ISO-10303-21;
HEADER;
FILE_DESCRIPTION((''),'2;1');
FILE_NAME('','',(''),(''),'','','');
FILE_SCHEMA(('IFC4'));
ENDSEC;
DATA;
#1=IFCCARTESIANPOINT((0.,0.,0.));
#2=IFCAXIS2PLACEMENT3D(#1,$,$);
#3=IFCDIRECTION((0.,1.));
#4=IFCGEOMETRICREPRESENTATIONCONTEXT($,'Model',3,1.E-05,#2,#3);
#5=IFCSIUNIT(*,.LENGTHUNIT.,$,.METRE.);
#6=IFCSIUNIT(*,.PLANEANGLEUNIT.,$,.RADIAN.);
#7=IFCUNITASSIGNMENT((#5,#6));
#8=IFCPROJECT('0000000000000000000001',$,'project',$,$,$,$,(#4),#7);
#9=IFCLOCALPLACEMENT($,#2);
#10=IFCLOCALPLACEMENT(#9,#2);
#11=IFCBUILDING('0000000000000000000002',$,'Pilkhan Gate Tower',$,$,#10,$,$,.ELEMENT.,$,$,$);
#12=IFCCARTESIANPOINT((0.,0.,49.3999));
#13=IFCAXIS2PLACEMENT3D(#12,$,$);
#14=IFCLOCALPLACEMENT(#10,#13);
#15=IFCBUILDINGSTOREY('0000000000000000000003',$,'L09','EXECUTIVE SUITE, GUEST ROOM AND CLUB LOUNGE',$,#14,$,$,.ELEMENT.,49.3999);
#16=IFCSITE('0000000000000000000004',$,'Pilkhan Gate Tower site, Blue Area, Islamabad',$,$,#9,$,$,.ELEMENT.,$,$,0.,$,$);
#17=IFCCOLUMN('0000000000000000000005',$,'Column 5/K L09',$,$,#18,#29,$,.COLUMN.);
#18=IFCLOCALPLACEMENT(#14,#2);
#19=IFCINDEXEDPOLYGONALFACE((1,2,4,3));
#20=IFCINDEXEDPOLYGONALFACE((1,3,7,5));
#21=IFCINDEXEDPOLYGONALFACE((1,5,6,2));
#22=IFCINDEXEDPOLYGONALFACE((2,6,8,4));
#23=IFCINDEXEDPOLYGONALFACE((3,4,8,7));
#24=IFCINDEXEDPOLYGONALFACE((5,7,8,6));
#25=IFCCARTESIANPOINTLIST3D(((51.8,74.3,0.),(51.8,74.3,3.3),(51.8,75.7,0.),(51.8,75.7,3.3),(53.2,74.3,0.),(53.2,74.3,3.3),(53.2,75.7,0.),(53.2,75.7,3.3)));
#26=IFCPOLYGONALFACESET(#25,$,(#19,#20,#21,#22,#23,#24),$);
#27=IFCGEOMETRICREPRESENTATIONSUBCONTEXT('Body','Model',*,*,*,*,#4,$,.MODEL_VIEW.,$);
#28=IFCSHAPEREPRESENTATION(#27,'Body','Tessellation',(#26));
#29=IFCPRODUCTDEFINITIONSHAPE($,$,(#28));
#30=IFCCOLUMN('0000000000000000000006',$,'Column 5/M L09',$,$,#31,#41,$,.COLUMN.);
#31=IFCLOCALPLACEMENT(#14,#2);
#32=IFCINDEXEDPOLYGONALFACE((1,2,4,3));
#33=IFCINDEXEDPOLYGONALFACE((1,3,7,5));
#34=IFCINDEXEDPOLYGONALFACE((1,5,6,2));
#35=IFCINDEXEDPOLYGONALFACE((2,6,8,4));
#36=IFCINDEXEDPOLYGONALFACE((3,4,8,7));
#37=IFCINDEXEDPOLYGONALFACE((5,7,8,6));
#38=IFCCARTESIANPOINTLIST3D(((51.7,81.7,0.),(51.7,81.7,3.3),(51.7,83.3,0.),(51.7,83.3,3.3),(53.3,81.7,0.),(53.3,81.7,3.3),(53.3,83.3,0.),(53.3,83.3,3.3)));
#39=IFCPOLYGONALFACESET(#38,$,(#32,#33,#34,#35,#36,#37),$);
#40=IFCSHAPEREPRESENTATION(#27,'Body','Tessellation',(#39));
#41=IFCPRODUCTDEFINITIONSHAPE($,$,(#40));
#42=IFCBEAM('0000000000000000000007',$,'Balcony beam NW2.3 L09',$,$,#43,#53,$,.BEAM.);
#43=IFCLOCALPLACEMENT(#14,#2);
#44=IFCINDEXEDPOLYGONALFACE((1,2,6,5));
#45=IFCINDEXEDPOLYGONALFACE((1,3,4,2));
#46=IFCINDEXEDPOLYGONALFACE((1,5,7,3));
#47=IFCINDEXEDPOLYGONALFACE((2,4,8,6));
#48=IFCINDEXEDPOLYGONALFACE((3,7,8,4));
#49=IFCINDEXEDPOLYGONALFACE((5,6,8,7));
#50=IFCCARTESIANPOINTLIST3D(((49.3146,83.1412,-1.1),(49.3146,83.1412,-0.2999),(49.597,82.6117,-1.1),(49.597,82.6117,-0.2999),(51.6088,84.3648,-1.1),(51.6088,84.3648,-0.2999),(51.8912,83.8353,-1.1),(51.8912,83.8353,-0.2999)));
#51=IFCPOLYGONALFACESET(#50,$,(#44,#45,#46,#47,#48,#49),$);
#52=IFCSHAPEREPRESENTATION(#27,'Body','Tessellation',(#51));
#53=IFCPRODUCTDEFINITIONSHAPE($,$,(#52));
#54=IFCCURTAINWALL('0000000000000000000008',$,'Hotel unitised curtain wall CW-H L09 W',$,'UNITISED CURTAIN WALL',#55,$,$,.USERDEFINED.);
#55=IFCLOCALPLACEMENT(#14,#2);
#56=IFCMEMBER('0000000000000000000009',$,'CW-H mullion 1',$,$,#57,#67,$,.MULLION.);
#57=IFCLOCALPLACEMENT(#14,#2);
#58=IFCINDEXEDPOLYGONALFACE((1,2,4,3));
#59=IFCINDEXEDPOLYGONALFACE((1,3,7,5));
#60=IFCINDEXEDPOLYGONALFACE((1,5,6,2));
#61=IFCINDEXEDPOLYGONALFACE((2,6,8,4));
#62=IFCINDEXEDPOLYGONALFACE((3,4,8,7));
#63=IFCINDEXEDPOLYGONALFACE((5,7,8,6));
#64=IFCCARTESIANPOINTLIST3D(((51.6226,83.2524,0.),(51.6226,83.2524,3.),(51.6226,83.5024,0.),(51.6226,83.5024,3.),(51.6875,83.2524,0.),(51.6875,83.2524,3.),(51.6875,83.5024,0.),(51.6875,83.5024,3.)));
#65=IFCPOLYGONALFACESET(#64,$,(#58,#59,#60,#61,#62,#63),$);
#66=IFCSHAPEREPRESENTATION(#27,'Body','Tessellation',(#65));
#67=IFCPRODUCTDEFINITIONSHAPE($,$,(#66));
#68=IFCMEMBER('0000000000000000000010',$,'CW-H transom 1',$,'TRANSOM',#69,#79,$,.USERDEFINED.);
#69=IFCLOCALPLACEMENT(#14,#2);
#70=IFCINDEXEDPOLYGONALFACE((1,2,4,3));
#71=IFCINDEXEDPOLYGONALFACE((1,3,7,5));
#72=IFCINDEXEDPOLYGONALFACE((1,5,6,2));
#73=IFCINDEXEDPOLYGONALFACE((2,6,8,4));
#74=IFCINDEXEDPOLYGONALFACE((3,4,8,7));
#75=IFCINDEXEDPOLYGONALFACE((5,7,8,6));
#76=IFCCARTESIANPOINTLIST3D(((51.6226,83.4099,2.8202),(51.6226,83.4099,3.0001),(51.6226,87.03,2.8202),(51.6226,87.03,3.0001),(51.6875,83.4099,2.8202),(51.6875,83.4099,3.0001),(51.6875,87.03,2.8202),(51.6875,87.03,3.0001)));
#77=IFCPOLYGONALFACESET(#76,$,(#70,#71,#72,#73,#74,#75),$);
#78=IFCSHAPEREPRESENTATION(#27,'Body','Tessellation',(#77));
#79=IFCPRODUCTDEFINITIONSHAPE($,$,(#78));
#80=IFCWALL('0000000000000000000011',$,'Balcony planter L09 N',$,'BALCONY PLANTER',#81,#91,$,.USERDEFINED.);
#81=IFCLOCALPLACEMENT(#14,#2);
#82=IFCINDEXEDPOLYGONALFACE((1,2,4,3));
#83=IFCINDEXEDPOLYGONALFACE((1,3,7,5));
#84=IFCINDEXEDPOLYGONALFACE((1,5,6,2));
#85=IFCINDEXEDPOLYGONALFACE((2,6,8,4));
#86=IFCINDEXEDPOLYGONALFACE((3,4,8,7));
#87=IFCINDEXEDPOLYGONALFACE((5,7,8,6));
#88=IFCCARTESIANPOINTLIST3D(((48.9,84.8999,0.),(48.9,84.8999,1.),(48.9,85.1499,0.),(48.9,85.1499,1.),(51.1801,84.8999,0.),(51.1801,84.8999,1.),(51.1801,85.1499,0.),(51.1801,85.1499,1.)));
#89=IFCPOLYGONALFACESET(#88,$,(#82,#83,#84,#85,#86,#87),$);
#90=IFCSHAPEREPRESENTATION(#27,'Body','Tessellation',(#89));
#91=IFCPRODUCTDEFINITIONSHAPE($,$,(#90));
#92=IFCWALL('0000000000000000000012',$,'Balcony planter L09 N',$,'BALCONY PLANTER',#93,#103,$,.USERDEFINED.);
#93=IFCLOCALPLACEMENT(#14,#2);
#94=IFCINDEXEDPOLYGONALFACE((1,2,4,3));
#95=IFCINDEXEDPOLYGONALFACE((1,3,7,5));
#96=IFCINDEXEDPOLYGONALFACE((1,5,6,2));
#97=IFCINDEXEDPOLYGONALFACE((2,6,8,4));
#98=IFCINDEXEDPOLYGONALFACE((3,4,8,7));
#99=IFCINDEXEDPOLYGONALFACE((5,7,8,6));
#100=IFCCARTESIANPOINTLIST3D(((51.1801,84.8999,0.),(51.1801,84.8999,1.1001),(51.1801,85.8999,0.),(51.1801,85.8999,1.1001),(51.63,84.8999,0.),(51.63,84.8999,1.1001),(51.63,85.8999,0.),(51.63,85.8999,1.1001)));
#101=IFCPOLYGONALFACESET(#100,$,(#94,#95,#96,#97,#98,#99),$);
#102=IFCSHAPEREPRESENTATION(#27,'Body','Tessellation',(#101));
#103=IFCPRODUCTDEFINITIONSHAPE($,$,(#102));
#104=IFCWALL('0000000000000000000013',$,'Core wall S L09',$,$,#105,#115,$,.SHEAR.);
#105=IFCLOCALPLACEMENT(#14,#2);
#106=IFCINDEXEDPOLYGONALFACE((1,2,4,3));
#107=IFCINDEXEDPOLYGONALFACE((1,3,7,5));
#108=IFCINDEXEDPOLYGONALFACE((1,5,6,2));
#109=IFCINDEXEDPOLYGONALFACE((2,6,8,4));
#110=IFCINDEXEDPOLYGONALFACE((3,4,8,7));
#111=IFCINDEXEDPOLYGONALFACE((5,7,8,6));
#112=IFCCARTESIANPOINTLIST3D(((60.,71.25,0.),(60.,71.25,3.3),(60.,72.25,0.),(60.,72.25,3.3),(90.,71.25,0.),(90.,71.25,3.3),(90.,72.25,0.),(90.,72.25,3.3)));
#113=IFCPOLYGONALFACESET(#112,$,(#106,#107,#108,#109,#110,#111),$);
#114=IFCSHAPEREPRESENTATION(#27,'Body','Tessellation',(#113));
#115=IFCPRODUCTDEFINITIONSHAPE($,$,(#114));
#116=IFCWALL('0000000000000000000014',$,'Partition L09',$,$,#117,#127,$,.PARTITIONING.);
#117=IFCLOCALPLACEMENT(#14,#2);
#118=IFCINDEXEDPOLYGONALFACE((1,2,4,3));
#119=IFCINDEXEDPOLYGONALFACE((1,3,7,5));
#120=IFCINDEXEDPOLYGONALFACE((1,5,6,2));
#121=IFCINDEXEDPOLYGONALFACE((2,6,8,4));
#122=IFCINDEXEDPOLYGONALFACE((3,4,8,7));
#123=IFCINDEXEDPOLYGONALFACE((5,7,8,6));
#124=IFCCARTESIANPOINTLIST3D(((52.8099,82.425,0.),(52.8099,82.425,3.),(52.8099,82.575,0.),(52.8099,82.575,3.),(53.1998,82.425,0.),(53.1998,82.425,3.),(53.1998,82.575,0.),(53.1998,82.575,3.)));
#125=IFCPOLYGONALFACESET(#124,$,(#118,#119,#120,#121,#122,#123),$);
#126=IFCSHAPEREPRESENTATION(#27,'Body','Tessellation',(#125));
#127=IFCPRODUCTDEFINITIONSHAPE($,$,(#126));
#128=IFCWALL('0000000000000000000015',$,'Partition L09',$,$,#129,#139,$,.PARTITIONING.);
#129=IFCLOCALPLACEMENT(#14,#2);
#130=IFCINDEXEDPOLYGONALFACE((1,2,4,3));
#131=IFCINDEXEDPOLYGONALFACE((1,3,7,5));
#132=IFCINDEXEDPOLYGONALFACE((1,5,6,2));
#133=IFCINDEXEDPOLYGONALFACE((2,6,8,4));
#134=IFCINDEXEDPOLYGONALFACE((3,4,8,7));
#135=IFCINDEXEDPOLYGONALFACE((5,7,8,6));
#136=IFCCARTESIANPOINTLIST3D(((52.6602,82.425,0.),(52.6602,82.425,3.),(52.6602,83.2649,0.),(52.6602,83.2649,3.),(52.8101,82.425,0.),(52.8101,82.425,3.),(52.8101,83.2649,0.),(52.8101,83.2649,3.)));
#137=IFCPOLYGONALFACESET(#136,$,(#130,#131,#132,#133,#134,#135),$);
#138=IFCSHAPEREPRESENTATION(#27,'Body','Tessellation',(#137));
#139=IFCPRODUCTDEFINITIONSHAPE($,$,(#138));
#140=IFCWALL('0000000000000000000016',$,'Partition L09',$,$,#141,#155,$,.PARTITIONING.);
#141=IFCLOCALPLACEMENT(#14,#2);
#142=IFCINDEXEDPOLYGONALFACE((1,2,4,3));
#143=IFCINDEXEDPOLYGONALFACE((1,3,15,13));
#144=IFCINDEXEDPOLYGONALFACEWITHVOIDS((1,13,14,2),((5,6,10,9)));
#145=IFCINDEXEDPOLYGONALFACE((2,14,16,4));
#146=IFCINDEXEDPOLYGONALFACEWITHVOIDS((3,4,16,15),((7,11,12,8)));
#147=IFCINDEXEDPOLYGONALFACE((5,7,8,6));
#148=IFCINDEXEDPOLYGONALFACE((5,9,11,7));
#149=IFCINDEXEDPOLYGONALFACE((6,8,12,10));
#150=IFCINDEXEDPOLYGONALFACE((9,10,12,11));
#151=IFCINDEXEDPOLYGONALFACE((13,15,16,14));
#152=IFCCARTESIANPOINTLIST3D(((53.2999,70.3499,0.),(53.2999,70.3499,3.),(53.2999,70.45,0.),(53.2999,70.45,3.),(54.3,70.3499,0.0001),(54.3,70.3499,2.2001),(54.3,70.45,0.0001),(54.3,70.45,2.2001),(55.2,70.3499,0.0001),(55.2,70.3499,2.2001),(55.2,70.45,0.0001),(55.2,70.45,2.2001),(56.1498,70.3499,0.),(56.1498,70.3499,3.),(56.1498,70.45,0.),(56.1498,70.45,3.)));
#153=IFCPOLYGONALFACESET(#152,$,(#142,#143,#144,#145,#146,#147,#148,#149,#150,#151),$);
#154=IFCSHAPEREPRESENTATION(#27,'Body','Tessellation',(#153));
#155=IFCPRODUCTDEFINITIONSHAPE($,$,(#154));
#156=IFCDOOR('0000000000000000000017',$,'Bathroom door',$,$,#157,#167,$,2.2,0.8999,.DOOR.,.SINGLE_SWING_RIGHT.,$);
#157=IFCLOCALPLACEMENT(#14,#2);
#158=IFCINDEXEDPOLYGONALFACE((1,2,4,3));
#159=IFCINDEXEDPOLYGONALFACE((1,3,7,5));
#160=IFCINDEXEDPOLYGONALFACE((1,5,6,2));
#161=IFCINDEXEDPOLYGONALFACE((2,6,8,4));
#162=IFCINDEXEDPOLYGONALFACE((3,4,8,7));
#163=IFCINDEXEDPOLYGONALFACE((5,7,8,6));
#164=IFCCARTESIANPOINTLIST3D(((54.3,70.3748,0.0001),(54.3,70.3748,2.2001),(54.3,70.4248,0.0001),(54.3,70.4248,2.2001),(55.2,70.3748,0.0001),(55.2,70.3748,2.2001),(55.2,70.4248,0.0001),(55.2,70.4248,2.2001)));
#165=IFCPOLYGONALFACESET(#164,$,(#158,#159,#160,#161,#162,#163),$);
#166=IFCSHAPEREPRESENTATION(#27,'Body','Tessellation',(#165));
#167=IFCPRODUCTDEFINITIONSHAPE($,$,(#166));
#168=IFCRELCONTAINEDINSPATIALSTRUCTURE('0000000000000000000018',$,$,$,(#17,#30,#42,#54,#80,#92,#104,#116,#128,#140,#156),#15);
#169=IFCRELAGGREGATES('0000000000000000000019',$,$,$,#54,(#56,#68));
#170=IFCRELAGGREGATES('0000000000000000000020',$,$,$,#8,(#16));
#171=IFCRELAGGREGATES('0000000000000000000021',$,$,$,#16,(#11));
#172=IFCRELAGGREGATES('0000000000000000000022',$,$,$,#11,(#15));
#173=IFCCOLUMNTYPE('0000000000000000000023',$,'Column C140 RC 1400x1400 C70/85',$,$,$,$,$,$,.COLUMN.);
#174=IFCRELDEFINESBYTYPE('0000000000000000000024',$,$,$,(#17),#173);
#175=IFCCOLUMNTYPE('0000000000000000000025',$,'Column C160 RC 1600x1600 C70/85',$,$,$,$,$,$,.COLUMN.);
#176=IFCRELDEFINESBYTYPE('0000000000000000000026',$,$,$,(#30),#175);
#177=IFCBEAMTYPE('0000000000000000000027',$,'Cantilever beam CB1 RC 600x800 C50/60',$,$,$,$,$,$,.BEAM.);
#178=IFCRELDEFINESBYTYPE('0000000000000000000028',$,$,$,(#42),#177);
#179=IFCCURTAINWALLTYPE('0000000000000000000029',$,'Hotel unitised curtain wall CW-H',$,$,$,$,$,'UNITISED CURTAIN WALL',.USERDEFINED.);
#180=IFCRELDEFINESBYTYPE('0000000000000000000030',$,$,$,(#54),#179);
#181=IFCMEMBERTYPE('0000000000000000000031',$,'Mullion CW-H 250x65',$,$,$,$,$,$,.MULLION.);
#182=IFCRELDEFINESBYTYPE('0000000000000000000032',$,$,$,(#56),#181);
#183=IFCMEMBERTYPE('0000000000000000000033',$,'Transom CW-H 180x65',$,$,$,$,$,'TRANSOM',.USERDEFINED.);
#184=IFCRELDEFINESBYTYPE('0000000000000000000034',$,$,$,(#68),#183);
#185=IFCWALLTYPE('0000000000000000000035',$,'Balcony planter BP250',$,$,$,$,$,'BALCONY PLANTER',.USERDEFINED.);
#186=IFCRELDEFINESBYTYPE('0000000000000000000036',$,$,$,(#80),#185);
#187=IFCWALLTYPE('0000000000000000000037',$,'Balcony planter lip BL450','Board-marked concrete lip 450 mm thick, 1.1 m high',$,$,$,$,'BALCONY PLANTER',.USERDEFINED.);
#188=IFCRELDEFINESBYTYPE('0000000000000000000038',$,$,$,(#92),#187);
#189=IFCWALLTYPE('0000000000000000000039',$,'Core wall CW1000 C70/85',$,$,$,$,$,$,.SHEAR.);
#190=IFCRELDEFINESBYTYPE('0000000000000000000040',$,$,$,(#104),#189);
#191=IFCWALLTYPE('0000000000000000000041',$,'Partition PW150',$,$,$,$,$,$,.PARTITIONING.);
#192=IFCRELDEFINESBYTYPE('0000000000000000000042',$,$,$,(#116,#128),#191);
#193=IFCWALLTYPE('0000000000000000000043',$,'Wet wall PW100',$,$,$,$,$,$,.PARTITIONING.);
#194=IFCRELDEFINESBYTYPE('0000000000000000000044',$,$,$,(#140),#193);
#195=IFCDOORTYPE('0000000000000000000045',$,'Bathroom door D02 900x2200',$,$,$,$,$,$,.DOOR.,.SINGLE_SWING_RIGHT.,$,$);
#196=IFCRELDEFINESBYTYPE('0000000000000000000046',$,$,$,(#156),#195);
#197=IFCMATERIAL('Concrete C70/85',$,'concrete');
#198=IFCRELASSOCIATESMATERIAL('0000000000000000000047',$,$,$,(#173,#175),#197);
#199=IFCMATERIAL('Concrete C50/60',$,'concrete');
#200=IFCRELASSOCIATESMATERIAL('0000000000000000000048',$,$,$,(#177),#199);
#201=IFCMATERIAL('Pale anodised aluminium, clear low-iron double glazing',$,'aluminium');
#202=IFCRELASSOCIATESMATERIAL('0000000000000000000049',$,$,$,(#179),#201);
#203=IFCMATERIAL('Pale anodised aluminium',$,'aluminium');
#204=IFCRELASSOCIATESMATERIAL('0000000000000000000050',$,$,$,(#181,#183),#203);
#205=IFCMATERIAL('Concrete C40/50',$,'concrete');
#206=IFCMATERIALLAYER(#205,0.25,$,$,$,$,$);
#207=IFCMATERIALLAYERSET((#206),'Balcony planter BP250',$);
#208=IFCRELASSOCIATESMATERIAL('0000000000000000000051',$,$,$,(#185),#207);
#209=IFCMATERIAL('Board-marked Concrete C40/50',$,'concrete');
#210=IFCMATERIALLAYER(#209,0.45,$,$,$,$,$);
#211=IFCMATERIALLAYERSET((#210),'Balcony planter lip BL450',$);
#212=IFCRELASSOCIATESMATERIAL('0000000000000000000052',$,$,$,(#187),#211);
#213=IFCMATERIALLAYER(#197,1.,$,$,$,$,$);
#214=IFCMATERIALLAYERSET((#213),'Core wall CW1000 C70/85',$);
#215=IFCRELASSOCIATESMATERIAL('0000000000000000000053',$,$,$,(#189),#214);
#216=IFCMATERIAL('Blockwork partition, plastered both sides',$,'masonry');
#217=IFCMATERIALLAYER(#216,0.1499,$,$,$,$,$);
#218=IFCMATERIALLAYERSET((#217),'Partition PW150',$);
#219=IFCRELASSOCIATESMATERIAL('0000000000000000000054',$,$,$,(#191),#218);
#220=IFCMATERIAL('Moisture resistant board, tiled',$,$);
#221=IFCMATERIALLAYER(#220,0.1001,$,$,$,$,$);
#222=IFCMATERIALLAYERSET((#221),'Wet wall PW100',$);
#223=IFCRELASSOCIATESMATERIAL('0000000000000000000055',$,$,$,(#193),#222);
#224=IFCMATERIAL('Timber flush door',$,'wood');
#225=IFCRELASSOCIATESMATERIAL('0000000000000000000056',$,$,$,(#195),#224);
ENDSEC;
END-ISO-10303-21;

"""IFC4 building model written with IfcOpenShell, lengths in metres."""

from ifc_helpers import new_model, si_unit, direction, frame, frame_2d, origin, origin_2d, place, context, subcontext, project, spatial, rectangle, extrude, material, layer, layer_set, material_profile, profile_set, type_object, element, fill, aggregate, save


model = new_model("IFC4")

# Units and contexts
model_context = context("Model", 3, precision=1e-05, world=origin(), true_north=direction((0.0, 1.0)))
body_context = subcontext(model_context, "Body", "Model", "MODEL_VIEW")
ifc_project = project(units=[si_unit("LENGTHUNIT", "METRE"), si_unit("PLANEANGLEUNIT", "RADIAN")], contexts=[model_context])

# Site, building, storey
site_placement = place(None, origin())
site = spatial("IfcSite", under=ifc_project, at=site_placement, Name="Pilkhan Gate Tower site, Blue Area, Islamabad", CompositionType="ELEMENT", RefElevation=0.0)
building_placement = place(site_placement, origin())
building = spatial("IfcBuilding", under=site, at=building_placement, Name="Pilkhan Gate Tower", CompositionType="ELEMENT")
storey_placement = place(building_placement, frame((0.0, 0.0, 49.3999)))
storey = spatial("IfcBuildingStorey", under=building, at=storey_placement, Name="L09", Description="EXECUTIVE SUITE, GUEST ROOM AND CLUB LOUNGE", CompositionType="ELEMENT", Elevation=49.3999)

# Columns
ifc_material_1 = material(Name="Concrete C70/85", Category="concrete")
ifc_material_profile_1 = material_profile(ifc_material_1, rectangle(XDim=1.3999, YDim=1.3999, at=origin_2d()), Name="RC 1400x1400")
ifc_profile_set_1 = profile_set([ifc_material_profile_1], Name="Concrete C70/85")
column_type_1 = type_object("IfcColumnType", Name="Column C140 RC 1400x1400 C70/85", PredefinedType="COLUMN", material=ifc_profile_set_1)
column_1_placement = place(storey_placement, frame((52.5, 75.0, 0.0), z_axis=(0.0, 0.0, 1.0), x_axis=(1.0, 0.0, 0.0)))
element("IfcColumn", 1, at=column_1_placement, inside=storey, type_object=column_type_1, Name="Column 5/K L09", PredefinedType="COLUMN", context=body_context, shape_type="SweptSolid", body=[
    extrude(rectangle(XDim=1.3999, YDim=1.3999, at=origin_2d()), origin(), (0.0, 0.0, 1.0), 3.3),
])
ifc_material_profile_2 = material_profile(ifc_material_1, rectangle(XDim=1.6001, YDim=1.6001, at=origin_2d()), Name="RC 1600x1600")
ifc_profile_set_2 = profile_set([ifc_material_profile_2], Name="Concrete C70/85")
column_type_2 = type_object("IfcColumnType", Name="Column C160 RC 1600x1600 C70/85", PredefinedType="COLUMN", material=ifc_profile_set_2)
column_2_placement = place(storey_placement, frame((52.5, 82.5, 0.0), z_axis=(0.0, 0.0, 1.0), x_axis=(1.0, 0.0, 0.0)))
element("IfcColumn", 2, at=column_2_placement, inside=storey, type_object=column_type_2, Name="Column 5/M L09", PredefinedType="COLUMN", context=body_context, shape_type="SweptSolid", body=[
    extrude(rectangle(XDim=1.6001, YDim=1.6001, at=origin_2d()), origin(), (0.0, 0.0, 1.0), 3.3),
])

# Beam
ifc_material_2 = material(Name="Concrete C50/60", Category="concrete")
ifc_material_profile_3 = material_profile(ifc_material_2, rectangle(XDim=0.6001, YDim=0.8, at=origin_2d()), Name="RC 600x800")
ifc_profile_set_3 = profile_set([ifc_material_profile_3], Name="Concrete C50/60")
beam_type = type_object("IfcBeamType", Name="Cantilever beam CB1 RC 600x800 C50/60", PredefinedType="BEAM", material=ifc_profile_set_3)
beam_placement = place(storey_placement, frame((49.4558, 82.8765, -0.7), z_axis=(0.882343, 0.470608, 0.0), x_axis=(-0.470608, 0.882343, 0.0)))
element("IfcBeam", 3, at=beam_placement, inside=storey, type_object=beam_type, Name="Balcony beam NW2.3 L09", PredefinedType="BEAM", context=body_context, shape_type="SweptSolid", body=[
    extrude(rectangle(XDim=0.6001, YDim=0.8, at=origin_2d()), origin(), (0.0, 0.0, 1.0), 2.6001),
])

# Curtain wall, members
ifc_material_3 = material(Name="Pale anodised aluminium, clear low-iron double glazing", Category="aluminium")
curtain_wall_type = type_object("IfcCurtainWallType", Name="Hotel unitised curtain wall CW-H", ElementType="UNITISED CURTAIN WALL", PredefinedType="USERDEFINED", material=ifc_material_3)
curtain_wall_placement = place(storey_placement, origin())
curtain_wall = element("IfcCurtainWall", 4, at=curtain_wall_placement, inside=storey, type_object=curtain_wall_type, Name="Hotel unitised curtain wall CW-H L09 W", ObjectType="UNITISED CURTAIN WALL", PredefinedType="USERDEFINED")
ifc_material_4 = material(Name="Pale anodised aluminium", Category="aluminium")
ifc_material_profile_4 = material_profile(ifc_material_4, rectangle(XDim=0.0649, YDim=0.25, at=origin_2d()), Name="Mullion 250x65")
ifc_profile_set_4 = profile_set([ifc_material_profile_4], Name="Pale anodised aluminium")
member_type_1 = type_object("IfcMemberType", Name="Mullion CW-H 250x65", PredefinedType="MULLION", material=ifc_profile_set_4)
member_1_placement = place(storey_placement, frame((51.655, 83.3774, 0.0), z_axis=(0.0, 0.0, 1.0), x_axis=(-1.0, 0.0, 0.0)))
member_1 = element("IfcMember", 5, at=member_1_placement, type_object=member_type_1, Name="CW-H mullion 1", PredefinedType="MULLION", context=body_context, shape_type="SweptSolid", body=[
    extrude(rectangle(XDim=0.0649, YDim=0.25, at=origin_2d()), origin(), (0.0, 0.0, 1.0), 3.0),
])
ifc_material_profile_5 = material_profile(ifc_material_4, rectangle(XDim=0.0649, YDim=0.1799, at=origin_2d()), Name="Transom 180x65")
ifc_profile_set_5 = profile_set([ifc_material_profile_5], Name="Pale anodised aluminium")
member_type_2 = type_object("IfcMemberType", Name="Transom CW-H 180x65", ElementType="TRANSOM", PredefinedType="USERDEFINED", material=ifc_profile_set_5)
member_2_placement = place(storey_placement, frame((51.655, 83.4099, 2.9102), z_axis=(0.0, 1.0, 0.0), x_axis=(-1.0, 0.0, 0.0)))
member_2 = element("IfcMember", 6, at=member_2_placement, type_object=member_type_2, Name="CW-H transom 1", ObjectType="TRANSOM", PredefinedType="USERDEFINED", context=body_context, shape_type="SweptSolid", body=[
    extrude(rectangle(XDim=0.0649, YDim=0.1799, at=origin_2d()), origin(), (0.0, 0.0, 1.0), 3.6201),
])
aggregate(curtain_wall, [member_1, member_2])

# Walls
ifc_material_5 = material(Name="Concrete C40/50", Category="concrete")
ifc_layer_1 = layer(ifc_material_5, 0.25)
ifc_layer_set_1 = layer_set([ifc_layer_1], Name="Balcony planter BP250")
wall_type_1 = type_object("IfcWallType", Name="Balcony planter BP250", ElementType="BALCONY PLANTER", PredefinedType="USERDEFINED", material=ifc_layer_set_1)
wall_1_placement = place(storey_placement, frame((48.8999, 85.0249, 0.0), z_axis=(0.0, 0.0, 1.0), x_axis=(1.0, 0.0, 0.0)))
element("IfcWall", 7, at=wall_1_placement, inside=storey, type_object=wall_type_1, Name="Balcony planter L09 N", ObjectType="BALCONY PLANTER", PredefinedType="USERDEFINED", context=body_context, shape_type="SweptSolid", body=[
    extrude(rectangle(XDim=2.28, YDim=0.25, at=frame_2d((1.1401, 0.0))), origin(), (0.0, 0.0, 1.0), 1.0),
])
ifc_material_6 = material(Name="Board-marked Concrete C40/50", Category="concrete")
ifc_layer_2 = layer(ifc_material_6, 0.45)
ifc_layer_set_2 = layer_set([ifc_layer_2], Name="Balcony planter lip BL450")
wall_type_2 = type_object("IfcWallType", Name="Balcony planter lip BL450", Description="Board-marked concrete lip 450 mm thick, 1.1 m high", ElementType="BALCONY PLANTER", PredefinedType="USERDEFINED", material=ifc_layer_set_2)
wall_2_placement = place(storey_placement, frame((51.405, 84.8999, 0.0), z_axis=(0.0, 0.0, 1.0), x_axis=(0.0, 1.0, 0.0)))
element("IfcWall", 8, at=wall_2_placement, inside=storey, type_object=wall_type_2, Name="Balcony planter L09 N", ObjectType="BALCONY PLANTER", PredefinedType="USERDEFINED", context=body_context, shape_type="SweptSolid", body=[
    extrude(rectangle(XDim=1.0, YDim=0.45, at=frame_2d((0.5, 0.0))), origin(), (0.0, 0.0, 1.0), 1.1001),
])
ifc_layer_3 = layer(ifc_material_1, 1.0)
ifc_layer_set_3 = layer_set([ifc_layer_3], Name="Core wall CW1000 C70/85")
wall_type_3 = type_object("IfcWallType", Name="Core wall CW1000 C70/85", PredefinedType="SHEAR", material=ifc_layer_set_3)
wall_3_placement = place(storey_placement, frame((60.0, 71.75, 0.0), z_axis=(0.0, 0.0, 1.0), x_axis=(1.0, 0.0, 0.0)))
element("IfcWall", 9, at=wall_3_placement, inside=storey, type_object=wall_type_3, Name="Core wall S L09", PredefinedType="SHEAR", context=body_context, shape_type="SweptSolid", body=[
    extrude(rectangle(XDim=30.0, YDim=1.0, at=frame_2d((15.0, 0.0))), origin(), (0.0, 0.0, 1.0), 3.3),
])
ifc_material_7 = material(Name="Blockwork partition, plastered both sides", Category="masonry")
ifc_layer_4 = layer(ifc_material_7, 0.1499)
ifc_layer_set_4 = layer_set([ifc_layer_4], Name="Partition PW150")
wall_type_4 = type_object("IfcWallType", Name="Partition PW150", PredefinedType="PARTITIONING", material=ifc_layer_set_4)
wall_4_placement = place(storey_placement, frame((52.8101, 82.5, 0.0), z_axis=(0.0, 0.0, 1.0), x_axis=(1.0, 0.0, 0.0)))
element("IfcWall", 10, at=wall_4_placement, inside=storey, type_object=wall_type_4, Name="Partition L09", PredefinedType="PARTITIONING", context=body_context, shape_type="SweptSolid", body=[
    extrude(rectangle(XDim=0.3899, YDim=0.1499, at=frame_2d((0.1948, 0.0))), origin(), (0.0, 0.0, 1.0), 3.0),
])
wall_5_placement = place(storey_placement, frame((52.7351, 82.425, 0.0), z_axis=(0.0, 0.0, 1.0), x_axis=(0.0, 1.0, 0.0)))
element("IfcWall", 11, at=wall_5_placement, inside=storey, type_object=wall_type_4, Name="Partition L09", PredefinedType="PARTITIONING", context=body_context, shape_type="SweptSolid", body=[
    extrude(rectangle(XDim=0.8398, YDim=0.1499, at=frame_2d((0.4199, 0.0))), origin(), (0.0, 0.0, 1.0), 3.0),
])

# Wall, opening, door
ifc_material_8 = material(Name="Moisture resistant board, tiled")
ifc_layer_5 = layer(ifc_material_8, 0.1001)
ifc_layer_set_5 = layer_set([ifc_layer_5], Name="Wet wall PW100")
wall_type_5 = type_object("IfcWallType", Name="Wet wall PW100", PredefinedType="PARTITIONING", material=ifc_layer_set_5)
wall_6_placement = place(storey_placement, frame((53.3, 70.3999, 0.0), z_axis=(0.0, 0.0, 1.0), x_axis=(1.0, 0.0, 0.0)))
wall_6 = element("IfcWall", 12, at=wall_6_placement, inside=storey, type_object=wall_type_5, Name="Partition L09", PredefinedType="PARTITIONING", context=body_context, shape_type="SweptSolid", body=[
    extrude(rectangle(XDim=2.8499, YDim=0.1001, at=frame_2d((1.4248, 0.0))), origin(), (0.0, 0.0, 1.0), 3.0),
])
opening_1_placement = place(wall_6_placement, frame((1.0, 0.0, 0.0)))
opening_1 = element("IfcOpeningElement", 13, at=opening_1_placement, cuts=wall_6, PredefinedType="OPENING", context=body_context, shape_type="SweptSolid", body=[
    extrude(rectangle(XDim=0.8999, YDim=2.2, at=frame_2d((0.45, 1.1001))), frame((0.0, 0.0601, 0.0), z_axis=(0.0, -1.0, 0.0), x_axis=(1.0, 0.0, 0.0)), (0.0, 0.0, 1.0), 0.1201),
])
ifc_material_9 = material(Name="Timber flush door", Category="wood")
door_type = type_object("IfcDoorType", Name="Bathroom door D02 900x2200", OperationType="SINGLE_SWING_RIGHT", PredefinedType="DOOR", material=ifc_material_9)
door_1_placement = place(opening_1_placement, origin())
door_1 = element("IfcDoor", 14, at=door_1_placement, inside=storey, type_object=door_type, Name="Bathroom door", OperationType="SINGLE_SWING_RIGHT", OverallHeight=2.2, OverallWidth=0.8999, PredefinedType="DOOR", context=body_context, shape_type="SweptSolid", body=[
    extrude(rectangle(XDim=0.8999, YDim=2.2, at=frame_2d((0.45, 1.1001))), frame((0.0, 0.0249, 0.0), z_axis=(0.0, -1.0, 0.0), x_axis=(1.0, 0.0, 0.0)), (0.0, 0.0, 1.0), 0.05),
])
fill(opening_1, door_1)

save(model, "model.ifc")
